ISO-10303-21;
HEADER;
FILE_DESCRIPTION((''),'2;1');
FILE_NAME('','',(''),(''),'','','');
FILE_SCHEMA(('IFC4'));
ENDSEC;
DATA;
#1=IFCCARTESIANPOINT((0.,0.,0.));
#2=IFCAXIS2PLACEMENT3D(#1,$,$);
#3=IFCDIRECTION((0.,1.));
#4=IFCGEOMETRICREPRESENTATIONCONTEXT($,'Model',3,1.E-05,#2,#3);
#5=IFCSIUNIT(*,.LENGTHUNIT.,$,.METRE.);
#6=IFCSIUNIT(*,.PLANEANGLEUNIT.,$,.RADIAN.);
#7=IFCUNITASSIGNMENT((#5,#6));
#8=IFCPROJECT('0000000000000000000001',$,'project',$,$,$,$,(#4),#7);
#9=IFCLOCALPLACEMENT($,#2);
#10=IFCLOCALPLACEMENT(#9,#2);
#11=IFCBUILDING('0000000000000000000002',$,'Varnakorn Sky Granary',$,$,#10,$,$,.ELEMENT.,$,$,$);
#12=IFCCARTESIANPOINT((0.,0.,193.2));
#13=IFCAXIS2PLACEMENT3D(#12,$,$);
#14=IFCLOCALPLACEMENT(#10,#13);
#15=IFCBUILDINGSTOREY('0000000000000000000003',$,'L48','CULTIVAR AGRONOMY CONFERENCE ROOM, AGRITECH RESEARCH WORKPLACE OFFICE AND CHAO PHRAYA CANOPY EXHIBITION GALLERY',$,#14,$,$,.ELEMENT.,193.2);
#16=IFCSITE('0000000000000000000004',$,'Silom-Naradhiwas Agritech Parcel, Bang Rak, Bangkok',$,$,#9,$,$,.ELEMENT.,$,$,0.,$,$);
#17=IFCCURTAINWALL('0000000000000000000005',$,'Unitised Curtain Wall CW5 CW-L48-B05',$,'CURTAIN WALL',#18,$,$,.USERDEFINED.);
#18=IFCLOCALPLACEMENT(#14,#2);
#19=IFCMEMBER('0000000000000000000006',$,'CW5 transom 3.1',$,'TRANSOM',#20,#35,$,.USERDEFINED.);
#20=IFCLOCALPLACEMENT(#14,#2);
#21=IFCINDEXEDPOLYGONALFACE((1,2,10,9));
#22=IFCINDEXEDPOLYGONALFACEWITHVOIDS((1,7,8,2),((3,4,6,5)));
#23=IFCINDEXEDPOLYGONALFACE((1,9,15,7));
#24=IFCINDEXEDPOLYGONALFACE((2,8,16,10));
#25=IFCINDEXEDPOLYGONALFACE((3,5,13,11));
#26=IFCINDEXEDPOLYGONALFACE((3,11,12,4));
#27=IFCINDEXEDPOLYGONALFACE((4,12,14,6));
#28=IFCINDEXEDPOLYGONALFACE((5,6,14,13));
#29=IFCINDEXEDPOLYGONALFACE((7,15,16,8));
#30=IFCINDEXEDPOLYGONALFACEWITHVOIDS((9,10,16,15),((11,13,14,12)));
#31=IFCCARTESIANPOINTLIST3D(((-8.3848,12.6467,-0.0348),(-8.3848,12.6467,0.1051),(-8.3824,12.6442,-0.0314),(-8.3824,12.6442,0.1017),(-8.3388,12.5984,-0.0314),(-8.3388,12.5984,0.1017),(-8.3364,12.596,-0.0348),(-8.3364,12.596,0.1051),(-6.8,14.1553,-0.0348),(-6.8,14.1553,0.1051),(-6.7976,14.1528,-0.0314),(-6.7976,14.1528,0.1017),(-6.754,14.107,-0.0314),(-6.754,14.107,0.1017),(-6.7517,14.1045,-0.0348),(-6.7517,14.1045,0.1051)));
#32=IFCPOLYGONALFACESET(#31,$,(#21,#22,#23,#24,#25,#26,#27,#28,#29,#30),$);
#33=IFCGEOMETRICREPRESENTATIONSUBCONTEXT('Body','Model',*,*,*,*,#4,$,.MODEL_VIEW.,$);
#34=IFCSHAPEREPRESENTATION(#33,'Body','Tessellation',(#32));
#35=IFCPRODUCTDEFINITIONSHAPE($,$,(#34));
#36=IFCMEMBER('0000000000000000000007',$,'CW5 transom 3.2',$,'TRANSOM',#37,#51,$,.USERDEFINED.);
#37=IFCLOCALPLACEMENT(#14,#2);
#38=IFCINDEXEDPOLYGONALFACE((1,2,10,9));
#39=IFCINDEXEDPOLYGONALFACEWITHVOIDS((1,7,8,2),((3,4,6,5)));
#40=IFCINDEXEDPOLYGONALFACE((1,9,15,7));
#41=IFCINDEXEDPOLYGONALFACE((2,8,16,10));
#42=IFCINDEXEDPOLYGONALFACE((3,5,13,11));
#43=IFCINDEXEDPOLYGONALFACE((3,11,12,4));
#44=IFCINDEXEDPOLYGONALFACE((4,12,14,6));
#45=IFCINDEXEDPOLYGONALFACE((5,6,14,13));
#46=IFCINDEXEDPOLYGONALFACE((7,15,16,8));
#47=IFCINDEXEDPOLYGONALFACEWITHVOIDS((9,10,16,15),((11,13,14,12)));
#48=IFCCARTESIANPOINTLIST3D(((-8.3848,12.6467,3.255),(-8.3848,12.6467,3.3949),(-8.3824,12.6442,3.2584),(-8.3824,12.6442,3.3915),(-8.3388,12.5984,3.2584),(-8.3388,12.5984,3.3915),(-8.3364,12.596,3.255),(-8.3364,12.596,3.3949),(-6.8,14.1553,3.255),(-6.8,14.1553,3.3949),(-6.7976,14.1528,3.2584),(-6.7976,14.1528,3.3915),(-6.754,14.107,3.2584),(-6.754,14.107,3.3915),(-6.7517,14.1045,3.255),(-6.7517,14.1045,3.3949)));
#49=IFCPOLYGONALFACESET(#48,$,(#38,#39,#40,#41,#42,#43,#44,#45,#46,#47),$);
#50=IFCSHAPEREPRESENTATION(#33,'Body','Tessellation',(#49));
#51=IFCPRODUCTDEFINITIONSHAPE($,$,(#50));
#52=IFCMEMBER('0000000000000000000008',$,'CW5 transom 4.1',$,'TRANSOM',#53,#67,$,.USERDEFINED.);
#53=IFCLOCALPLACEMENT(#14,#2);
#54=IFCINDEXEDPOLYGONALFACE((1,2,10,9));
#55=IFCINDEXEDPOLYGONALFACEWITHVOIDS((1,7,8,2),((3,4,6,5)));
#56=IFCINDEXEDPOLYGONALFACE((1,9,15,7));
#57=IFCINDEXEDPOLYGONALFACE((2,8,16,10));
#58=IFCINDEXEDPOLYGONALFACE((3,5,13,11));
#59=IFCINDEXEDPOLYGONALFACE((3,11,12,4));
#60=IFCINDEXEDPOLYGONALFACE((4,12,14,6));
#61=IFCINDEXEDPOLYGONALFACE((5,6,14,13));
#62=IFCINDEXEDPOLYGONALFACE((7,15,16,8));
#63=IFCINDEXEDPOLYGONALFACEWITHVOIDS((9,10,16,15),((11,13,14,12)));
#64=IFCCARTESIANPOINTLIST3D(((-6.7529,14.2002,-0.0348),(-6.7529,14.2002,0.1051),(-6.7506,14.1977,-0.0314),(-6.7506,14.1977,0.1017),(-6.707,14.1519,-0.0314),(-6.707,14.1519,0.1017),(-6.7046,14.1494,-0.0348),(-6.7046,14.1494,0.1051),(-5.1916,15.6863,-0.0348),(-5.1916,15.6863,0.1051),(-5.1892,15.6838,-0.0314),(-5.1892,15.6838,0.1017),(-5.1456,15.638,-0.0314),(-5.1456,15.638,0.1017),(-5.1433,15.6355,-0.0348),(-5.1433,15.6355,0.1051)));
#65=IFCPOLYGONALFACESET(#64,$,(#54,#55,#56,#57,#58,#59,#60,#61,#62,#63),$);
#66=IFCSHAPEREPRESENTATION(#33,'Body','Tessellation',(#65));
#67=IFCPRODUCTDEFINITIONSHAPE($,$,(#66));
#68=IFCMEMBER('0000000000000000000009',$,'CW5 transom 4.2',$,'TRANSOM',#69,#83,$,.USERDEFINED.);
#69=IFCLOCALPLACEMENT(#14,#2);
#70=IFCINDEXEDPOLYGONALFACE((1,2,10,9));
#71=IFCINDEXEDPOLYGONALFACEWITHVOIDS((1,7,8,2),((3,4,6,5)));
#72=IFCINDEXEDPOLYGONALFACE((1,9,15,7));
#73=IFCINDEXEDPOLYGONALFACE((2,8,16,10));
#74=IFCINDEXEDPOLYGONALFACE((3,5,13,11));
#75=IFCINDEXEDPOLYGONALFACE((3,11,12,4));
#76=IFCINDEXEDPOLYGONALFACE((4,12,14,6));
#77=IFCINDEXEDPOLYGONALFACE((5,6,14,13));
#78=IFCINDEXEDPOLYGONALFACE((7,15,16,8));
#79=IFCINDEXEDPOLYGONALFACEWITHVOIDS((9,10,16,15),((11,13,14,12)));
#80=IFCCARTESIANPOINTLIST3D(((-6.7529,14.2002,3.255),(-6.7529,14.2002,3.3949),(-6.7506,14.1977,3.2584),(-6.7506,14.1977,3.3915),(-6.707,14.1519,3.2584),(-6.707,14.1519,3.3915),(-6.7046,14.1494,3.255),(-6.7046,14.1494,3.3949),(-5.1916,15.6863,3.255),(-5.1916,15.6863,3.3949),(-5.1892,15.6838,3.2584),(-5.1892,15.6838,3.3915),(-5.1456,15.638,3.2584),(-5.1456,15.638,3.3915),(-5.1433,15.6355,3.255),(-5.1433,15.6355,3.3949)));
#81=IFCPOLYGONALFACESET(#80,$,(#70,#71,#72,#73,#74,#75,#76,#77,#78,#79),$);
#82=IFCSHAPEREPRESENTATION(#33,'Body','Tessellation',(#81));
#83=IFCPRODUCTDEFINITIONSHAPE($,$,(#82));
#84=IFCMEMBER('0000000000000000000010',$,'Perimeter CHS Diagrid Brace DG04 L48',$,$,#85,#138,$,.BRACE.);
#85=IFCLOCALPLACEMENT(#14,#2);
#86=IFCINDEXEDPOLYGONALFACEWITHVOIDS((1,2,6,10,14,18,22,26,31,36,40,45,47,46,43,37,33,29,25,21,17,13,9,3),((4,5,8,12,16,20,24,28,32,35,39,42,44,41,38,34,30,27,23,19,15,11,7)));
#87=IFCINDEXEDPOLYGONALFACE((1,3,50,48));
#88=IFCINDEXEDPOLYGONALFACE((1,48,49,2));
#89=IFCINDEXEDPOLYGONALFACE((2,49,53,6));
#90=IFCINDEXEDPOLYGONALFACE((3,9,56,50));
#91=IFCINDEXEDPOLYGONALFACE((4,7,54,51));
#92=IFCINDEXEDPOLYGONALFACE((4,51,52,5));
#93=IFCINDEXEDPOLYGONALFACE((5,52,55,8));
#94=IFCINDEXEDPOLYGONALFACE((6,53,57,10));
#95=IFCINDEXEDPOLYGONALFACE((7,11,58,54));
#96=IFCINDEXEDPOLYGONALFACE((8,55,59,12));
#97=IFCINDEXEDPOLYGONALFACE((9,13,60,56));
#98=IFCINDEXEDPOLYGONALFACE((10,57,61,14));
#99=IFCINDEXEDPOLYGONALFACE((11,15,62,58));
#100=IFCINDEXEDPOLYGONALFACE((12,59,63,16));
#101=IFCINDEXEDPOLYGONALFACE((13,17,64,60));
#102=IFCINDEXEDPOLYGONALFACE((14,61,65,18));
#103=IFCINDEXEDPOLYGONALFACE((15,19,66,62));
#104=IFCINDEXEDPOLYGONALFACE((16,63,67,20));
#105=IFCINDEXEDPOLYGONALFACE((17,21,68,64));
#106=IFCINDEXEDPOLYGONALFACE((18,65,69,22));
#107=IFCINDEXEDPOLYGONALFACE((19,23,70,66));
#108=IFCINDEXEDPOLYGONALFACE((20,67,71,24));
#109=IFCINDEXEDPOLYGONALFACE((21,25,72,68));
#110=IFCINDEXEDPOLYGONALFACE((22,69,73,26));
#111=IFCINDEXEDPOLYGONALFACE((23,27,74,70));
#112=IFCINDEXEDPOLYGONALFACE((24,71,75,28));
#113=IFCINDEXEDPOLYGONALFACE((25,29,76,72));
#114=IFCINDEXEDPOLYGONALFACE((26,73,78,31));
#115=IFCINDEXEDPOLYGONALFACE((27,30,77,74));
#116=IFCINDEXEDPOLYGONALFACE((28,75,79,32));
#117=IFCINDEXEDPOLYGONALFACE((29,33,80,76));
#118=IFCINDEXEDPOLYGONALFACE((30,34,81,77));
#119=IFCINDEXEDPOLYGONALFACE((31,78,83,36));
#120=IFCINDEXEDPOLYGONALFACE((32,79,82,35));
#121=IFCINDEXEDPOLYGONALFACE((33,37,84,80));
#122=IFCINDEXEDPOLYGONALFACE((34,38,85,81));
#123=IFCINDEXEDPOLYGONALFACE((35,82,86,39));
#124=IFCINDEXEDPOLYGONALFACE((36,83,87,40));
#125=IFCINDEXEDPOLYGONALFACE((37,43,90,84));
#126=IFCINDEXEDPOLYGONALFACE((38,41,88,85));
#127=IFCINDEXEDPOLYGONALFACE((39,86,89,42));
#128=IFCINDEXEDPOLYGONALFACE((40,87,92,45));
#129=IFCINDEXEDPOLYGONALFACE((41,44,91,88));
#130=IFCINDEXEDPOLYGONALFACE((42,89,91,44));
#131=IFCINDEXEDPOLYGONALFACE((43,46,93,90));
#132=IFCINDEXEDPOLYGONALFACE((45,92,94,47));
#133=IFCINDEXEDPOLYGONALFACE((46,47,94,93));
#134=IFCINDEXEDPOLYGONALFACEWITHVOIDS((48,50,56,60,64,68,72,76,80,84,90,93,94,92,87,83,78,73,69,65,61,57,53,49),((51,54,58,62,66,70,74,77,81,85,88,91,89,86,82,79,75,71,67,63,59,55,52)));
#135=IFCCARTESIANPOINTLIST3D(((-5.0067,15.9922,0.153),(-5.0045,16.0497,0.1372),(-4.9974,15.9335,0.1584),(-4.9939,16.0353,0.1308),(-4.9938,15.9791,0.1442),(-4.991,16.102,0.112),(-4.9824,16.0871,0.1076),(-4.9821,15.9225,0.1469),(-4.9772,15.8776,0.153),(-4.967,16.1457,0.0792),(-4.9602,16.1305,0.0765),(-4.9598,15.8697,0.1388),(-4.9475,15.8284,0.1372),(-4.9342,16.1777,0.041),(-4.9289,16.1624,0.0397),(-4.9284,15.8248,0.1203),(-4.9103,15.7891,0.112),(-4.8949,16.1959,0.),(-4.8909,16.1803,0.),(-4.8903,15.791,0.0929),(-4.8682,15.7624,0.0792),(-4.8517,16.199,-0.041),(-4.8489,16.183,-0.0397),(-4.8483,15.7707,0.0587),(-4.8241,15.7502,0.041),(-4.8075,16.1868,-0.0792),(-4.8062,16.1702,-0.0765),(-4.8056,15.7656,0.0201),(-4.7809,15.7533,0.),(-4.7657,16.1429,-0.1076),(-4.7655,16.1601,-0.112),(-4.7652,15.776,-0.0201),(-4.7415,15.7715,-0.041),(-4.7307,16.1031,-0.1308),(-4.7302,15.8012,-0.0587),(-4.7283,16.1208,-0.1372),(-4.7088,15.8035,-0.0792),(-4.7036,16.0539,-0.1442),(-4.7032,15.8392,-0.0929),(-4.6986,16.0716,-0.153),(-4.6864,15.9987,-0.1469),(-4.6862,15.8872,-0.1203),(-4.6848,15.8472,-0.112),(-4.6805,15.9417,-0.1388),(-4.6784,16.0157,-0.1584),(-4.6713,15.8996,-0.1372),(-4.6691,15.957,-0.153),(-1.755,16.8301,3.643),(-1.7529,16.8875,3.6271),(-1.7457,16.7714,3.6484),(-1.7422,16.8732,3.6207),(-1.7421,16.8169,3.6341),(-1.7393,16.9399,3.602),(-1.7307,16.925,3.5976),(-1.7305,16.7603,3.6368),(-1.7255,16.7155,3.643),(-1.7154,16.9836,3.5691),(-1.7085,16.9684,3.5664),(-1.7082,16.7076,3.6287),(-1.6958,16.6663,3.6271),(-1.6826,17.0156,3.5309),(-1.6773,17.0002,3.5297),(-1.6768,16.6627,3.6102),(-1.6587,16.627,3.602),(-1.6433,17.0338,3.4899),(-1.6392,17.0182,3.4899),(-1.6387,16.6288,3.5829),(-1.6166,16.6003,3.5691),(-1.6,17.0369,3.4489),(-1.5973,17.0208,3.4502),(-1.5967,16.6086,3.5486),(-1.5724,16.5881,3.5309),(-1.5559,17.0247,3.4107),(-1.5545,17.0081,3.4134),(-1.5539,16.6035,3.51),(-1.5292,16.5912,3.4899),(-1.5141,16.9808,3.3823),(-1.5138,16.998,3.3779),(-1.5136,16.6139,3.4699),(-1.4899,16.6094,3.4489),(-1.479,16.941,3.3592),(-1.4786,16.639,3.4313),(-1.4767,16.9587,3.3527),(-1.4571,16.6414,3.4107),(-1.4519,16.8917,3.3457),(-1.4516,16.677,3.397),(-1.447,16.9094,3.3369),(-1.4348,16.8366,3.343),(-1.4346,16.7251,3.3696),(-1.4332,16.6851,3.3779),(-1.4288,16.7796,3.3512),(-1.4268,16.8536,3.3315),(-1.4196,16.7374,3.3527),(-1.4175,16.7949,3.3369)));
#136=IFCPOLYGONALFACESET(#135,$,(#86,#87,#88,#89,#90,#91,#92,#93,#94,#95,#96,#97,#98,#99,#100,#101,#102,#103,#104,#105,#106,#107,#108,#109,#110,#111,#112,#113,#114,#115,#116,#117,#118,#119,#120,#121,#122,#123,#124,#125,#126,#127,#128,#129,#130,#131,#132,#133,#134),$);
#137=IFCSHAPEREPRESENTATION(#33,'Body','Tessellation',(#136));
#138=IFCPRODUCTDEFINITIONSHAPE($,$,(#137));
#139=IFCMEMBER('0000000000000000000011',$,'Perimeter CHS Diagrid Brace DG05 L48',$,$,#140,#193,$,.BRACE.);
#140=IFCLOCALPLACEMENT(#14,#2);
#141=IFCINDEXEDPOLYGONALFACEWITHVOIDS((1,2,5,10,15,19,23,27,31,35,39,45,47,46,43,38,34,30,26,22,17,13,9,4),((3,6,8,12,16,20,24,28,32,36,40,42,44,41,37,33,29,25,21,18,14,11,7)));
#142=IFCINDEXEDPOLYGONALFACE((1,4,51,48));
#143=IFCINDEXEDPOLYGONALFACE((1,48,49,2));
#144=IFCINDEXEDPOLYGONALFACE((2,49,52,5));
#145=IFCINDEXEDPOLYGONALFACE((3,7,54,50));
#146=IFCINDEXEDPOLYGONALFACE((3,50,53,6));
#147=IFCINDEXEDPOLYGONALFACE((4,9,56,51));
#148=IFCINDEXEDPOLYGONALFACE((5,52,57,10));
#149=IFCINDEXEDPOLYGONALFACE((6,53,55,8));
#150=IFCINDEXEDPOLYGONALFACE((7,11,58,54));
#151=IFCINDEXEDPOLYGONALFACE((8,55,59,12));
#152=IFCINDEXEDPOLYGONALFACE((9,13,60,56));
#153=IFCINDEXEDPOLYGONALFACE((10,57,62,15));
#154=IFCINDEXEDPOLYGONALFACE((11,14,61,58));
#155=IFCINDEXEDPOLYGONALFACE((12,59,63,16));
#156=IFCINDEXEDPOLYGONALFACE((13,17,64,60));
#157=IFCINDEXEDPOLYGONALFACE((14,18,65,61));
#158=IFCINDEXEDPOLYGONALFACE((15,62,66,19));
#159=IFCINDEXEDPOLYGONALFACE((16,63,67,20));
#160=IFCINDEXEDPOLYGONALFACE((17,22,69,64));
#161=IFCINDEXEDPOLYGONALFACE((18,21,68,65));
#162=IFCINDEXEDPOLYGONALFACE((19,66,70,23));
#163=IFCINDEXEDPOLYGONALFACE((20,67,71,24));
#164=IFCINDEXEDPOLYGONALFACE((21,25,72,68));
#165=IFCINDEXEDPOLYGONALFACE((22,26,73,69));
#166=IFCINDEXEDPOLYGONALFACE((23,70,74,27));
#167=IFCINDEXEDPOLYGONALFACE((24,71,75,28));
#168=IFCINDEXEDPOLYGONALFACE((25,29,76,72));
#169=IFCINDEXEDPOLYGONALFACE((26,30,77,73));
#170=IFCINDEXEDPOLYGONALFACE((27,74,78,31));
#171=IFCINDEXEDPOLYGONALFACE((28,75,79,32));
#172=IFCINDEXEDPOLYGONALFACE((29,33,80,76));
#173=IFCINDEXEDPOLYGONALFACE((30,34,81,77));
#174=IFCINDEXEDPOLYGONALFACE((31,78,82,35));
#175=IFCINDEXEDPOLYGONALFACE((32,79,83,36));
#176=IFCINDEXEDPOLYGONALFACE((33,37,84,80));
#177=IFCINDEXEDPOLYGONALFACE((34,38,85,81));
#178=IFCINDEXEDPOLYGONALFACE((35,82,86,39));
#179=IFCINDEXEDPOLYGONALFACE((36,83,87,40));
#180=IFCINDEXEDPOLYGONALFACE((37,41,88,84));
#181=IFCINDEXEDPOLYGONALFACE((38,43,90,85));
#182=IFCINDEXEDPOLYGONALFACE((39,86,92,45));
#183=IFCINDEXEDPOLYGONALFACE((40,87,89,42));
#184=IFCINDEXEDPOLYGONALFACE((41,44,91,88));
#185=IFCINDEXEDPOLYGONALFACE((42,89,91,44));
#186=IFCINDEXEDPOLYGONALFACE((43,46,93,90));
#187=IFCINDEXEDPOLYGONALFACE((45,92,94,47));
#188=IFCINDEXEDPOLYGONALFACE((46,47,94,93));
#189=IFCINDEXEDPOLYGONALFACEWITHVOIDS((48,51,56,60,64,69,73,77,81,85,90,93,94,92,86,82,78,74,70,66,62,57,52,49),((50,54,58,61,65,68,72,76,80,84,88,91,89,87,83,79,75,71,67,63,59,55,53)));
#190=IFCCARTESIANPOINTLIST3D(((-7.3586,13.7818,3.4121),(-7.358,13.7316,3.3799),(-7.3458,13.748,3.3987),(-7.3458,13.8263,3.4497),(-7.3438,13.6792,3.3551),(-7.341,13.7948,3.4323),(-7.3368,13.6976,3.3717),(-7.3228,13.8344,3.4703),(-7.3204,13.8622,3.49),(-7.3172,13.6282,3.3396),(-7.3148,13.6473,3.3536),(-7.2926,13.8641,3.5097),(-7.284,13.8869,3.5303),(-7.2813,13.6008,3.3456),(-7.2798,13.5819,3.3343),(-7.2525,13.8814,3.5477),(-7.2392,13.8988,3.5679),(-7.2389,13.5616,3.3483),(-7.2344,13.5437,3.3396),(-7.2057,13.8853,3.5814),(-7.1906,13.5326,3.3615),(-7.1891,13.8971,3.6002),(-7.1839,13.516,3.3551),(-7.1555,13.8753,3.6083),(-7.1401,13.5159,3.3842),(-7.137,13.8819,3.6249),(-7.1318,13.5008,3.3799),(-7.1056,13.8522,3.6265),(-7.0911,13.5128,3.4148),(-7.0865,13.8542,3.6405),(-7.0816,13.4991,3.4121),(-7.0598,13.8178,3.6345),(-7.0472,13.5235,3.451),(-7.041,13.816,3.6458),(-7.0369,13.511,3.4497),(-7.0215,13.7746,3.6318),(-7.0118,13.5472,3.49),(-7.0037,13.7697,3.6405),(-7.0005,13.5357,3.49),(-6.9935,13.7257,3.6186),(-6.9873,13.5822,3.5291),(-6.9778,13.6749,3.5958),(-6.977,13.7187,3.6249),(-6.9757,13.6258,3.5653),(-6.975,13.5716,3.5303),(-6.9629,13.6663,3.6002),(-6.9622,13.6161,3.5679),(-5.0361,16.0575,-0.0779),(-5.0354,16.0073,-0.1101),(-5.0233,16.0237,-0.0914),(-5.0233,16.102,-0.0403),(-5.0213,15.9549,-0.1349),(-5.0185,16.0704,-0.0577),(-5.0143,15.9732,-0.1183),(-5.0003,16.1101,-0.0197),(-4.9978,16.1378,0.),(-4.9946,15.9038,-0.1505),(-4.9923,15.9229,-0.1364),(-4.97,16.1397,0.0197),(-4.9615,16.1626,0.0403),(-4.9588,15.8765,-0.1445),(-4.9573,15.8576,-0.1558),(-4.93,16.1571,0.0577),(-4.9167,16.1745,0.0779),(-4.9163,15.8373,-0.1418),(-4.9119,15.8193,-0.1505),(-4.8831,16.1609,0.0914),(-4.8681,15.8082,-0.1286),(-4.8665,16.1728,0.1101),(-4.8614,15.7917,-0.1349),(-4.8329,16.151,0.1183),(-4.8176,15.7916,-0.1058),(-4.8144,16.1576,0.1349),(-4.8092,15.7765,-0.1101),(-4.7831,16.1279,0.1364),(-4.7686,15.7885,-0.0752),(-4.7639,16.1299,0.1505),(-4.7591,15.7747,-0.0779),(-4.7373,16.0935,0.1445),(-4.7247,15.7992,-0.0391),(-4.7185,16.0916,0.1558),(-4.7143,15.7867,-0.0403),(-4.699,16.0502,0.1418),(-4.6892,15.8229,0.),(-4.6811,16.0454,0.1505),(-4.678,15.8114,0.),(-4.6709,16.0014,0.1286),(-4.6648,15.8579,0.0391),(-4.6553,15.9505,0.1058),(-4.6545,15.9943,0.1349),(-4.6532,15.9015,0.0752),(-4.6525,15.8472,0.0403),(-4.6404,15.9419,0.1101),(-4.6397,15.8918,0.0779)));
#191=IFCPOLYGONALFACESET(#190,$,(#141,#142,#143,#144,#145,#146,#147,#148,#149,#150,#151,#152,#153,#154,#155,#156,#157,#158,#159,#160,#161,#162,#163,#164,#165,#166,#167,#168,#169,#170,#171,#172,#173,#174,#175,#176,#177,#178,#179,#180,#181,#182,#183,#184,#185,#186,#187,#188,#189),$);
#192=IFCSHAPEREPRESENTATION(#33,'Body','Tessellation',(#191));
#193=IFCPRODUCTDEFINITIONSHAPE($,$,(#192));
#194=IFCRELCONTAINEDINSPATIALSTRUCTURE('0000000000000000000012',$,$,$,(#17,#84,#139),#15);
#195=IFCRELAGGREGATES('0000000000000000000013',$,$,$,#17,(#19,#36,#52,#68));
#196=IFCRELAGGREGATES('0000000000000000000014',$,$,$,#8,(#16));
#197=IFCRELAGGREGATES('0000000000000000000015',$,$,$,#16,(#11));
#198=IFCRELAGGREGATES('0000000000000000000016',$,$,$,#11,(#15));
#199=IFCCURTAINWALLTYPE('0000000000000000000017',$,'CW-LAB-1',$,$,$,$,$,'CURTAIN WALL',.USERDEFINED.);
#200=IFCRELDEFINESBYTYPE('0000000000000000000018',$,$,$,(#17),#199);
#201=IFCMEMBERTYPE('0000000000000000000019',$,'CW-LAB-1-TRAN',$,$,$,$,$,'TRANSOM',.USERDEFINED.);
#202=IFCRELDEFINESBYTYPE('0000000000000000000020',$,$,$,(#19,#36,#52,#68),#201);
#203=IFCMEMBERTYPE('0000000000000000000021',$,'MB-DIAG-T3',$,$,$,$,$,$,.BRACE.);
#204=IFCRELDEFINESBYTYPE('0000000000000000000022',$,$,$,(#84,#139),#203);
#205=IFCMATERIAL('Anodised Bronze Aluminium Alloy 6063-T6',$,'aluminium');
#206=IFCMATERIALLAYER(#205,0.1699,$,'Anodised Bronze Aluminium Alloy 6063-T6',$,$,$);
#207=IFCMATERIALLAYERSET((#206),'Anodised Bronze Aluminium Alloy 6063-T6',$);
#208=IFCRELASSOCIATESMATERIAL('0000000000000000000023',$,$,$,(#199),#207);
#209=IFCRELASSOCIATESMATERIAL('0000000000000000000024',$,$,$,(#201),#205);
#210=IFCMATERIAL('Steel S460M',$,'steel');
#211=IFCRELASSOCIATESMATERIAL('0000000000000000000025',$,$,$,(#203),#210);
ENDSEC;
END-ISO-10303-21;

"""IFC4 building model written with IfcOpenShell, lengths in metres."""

from ifc_helpers import new_model, si_unit, direction, frame, origin, origin_2d, place, context, subcontext, project, spatial, hollow_rectangle, hollow_circle, extrude, material, layer, layer_set, material_profile, profile_set, type_object, element, aggregate, save


model = new_model("IFC4")

# Units and contexts
model_context = context("Model", 3, precision=1e-05, world=origin(), true_north=direction((0.0, 1.0)))
body_context = subcontext(model_context, "Body", "Model", "MODEL_VIEW")
ifc_project = project(units=[si_unit("LENGTHUNIT", "METRE"), si_unit("PLANEANGLEUNIT", "RADIAN")], contexts=[model_context])

# Site, building, storey
site_placement = place(None, origin())
site = spatial("IfcSite", under=ifc_project, at=site_placement, Name="Silom-Naradhiwas Agritech Parcel, Bang Rak, Bangkok", CompositionType="ELEMENT", RefElevation=0.0)
building_placement = place(site_placement, origin())
building = spatial("IfcBuilding", under=site, at=building_placement, Name="Varnakorn Sky Granary", CompositionType="ELEMENT")
storey_placement = place(building_placement, frame((0.0, 0.0, 193.2)))
storey = spatial("IfcBuildingStorey", under=building, at=storey_placement, Name="L48", Description="CULTIVAR AGRONOMY CONFERENCE ROOM, AGRITECH RESEARCH WORKPLACE OFFICE AND CHAO PHRAYA CANOPY EXHIBITION GALLERY", CompositionType="ELEMENT", Elevation=193.2)

# Shared definitions
ifc_material_1 = material(Name="Steel S460M", Category="steel")

# Shared definitions
ifc_material_2 = material(Name="Anodised Bronze Aluminium Alloy 6063-T6", Category="aluminium")
ifc_layer_1 = layer(ifc_material_2, 0.1699, Name="Anodised Bronze Aluminium Alloy 6063-T6")
ifc_layer_set_1 = layer_set([ifc_layer_1], Name="Anodised Bronze Aluminium Alloy 6063-T6")
curtain_wall_type = type_object("IfcCurtainWallType", Name="CW-LAB-1", ElementType="CURTAIN WALL", PredefinedType="USERDEFINED", material=ifc_layer_set_1)

# Curtain wall
curtain_wall_1_placement = place(storey_placement, origin())
curtain_wall_1 = element("IfcCurtainWall", 1, at=curtain_wall_1_placement, inside=storey, type_object=curtain_wall_type, Name="Unitised Curtain Wall CW5 CW-L48-B05", ObjectType="CURTAIN WALL", PredefinedType="USERDEFINED")

# Members
ifc_material_profile_1 = material_profile(ifc_material_2, hollow_rectangle(XDim=0.0701, YDim=0.1399, WallThickness=0.0034, at=origin_2d()), Name="ALU TRAN 70x140")
ifc_profile_set_1 = profile_set([ifc_material_profile_1], Name="Anodised Bronze Aluminium Alloy 6063-T6")
member_type_1 = type_object("IfcMemberType", Name="CW-LAB-1-TRAN", ElementType="TRANSOM", PredefinedType="USERDEFINED", material=ifc_profile_set_1)
member_1_placement = place(storey_placement, frame((-8.3606, 12.6213, 0.0352), z_axis=(0.7243, 0.689485, 0.0), x_axis=(-0.689485, 0.7243, 0.0)))
member_1 = element("IfcMember", 2, at=member_1_placement, type_object=member_type_1, Name="CW5 transom 3.1", ObjectType="TRANSOM", PredefinedType="USERDEFINED", context=body_context, shape_type="SweptSolid", body=[
    extrude(hollow_rectangle(XDim=0.0701, YDim=0.1399, WallThickness=0.0034, at=origin_2d()), origin(), (0.0, 0.0, 1.0), 2.188),
])
member_2_placement = place(storey_placement, frame((-8.3606, 12.6213, 3.325), z_axis=(0.7243, 0.689485, 0.0), x_axis=(-0.689485, 0.7243, 0.0)))
member_2 = element("IfcMember", 3, at=member_2_placement, type_object=member_type_1, Name="CW5 transom 3.2", ObjectType="TRANSOM", PredefinedType="USERDEFINED", context=body_context, shape_type="SweptSolid", body=[
    extrude(hollow_rectangle(XDim=0.0701, YDim=0.1399, WallThickness=0.0034, at=origin_2d()), origin(), (0.0, 0.0, 1.0), 2.188),
])
member_3_placement = place(storey_placement, frame((-6.7288, 14.1748, 0.0352), z_axis=(0.724335, 0.689449, 0.0), x_axis=(-0.689449, 0.724335, 0.0)))
member_3 = element("IfcMember", 4, at=member_3_placement, type_object=member_type_1, Name="CW5 transom 4.1", ObjectType="TRANSOM", PredefinedType="USERDEFINED", context=body_context, shape_type="SweptSolid", body=[
    extrude(hollow_rectangle(XDim=0.0701, YDim=0.1399, WallThickness=0.0034, at=origin_2d()), origin(), (0.0, 0.0, 1.0), 2.1555),
])
member_4_placement = place(storey_placement, frame((-6.7288, 14.1748, 3.325), z_axis=(0.724335, 0.689449, 0.0), x_axis=(-0.689449, 0.724335, 0.0)))
member_4 = element("IfcMember", 5, at=member_4_placement, type_object=member_type_1, Name="CW5 transom 4.2", ObjectType="TRANSOM", PredefinedType="USERDEFINED", context=body_context, shape_type="SweptSolid", body=[
    extrude(hollow_rectangle(XDim=0.0701, YDim=0.1399, WallThickness=0.0034, at=origin_2d()), origin(), (0.0, 0.0, 1.0), 2.1555),
])

# Members
ifc_material_profile_2 = material_profile(ifc_material_1, hollow_circle(Radius=0.2285, WallThickness=0.0161, at=origin_2d()), Name="CHS 457x16")
ifc_profile_set_2 = profile_set([ifc_material_profile_2], Name="Steel S460M")
member_type_2 = type_object("IfcMemberType", Name="MB-DIAG-T3", PredefinedType="BRACE", material=ifc_profile_set_2)
member_5_placement = place(storey_placement, frame((-4.8379, 15.9746, 0.0), z_axis=(0.671409, 0.173007, 0.720609), x_axis=(-0.249526, 0.968368, 0.0)))
element("IfcMember", 6, at=member_5_placement, inside=storey, type_object=member_type_2, Name="Perimeter CHS Diagrid Brace DG04 L48", PredefinedType="BRACE", context=body_context, shape_type="SweptSolid", body=[
    extrude(hollow_circle(Radius=0.2285, WallThickness=0.0161, at=origin_2d()), origin(), (0.0, 0.0, 1.0), 4.843),
])
member_6_placement = place(storey_placement, frame((-4.8379, 15.9746, 0.0), z_axis=(-0.486903, -0.477075, 0.731659), x_axis=(0.699862, -0.714278, 0.0)))
element("IfcMember", 7, at=member_6_placement, inside=storey, type_object=member_type_2, Name="Perimeter CHS Diagrid Brace DG05 L48", PredefinedType="BRACE", context=body_context, shape_type="SweptSolid", body=[
    extrude(hollow_circle(Radius=0.2285, WallThickness=0.0161, at=origin_2d()), origin(), (0.0, 0.0, 1.0), 4.77),
])

aggregate(curtain_wall_1, [member_1, member_2, member_3, member_4])

save(model, "model.ifc")
